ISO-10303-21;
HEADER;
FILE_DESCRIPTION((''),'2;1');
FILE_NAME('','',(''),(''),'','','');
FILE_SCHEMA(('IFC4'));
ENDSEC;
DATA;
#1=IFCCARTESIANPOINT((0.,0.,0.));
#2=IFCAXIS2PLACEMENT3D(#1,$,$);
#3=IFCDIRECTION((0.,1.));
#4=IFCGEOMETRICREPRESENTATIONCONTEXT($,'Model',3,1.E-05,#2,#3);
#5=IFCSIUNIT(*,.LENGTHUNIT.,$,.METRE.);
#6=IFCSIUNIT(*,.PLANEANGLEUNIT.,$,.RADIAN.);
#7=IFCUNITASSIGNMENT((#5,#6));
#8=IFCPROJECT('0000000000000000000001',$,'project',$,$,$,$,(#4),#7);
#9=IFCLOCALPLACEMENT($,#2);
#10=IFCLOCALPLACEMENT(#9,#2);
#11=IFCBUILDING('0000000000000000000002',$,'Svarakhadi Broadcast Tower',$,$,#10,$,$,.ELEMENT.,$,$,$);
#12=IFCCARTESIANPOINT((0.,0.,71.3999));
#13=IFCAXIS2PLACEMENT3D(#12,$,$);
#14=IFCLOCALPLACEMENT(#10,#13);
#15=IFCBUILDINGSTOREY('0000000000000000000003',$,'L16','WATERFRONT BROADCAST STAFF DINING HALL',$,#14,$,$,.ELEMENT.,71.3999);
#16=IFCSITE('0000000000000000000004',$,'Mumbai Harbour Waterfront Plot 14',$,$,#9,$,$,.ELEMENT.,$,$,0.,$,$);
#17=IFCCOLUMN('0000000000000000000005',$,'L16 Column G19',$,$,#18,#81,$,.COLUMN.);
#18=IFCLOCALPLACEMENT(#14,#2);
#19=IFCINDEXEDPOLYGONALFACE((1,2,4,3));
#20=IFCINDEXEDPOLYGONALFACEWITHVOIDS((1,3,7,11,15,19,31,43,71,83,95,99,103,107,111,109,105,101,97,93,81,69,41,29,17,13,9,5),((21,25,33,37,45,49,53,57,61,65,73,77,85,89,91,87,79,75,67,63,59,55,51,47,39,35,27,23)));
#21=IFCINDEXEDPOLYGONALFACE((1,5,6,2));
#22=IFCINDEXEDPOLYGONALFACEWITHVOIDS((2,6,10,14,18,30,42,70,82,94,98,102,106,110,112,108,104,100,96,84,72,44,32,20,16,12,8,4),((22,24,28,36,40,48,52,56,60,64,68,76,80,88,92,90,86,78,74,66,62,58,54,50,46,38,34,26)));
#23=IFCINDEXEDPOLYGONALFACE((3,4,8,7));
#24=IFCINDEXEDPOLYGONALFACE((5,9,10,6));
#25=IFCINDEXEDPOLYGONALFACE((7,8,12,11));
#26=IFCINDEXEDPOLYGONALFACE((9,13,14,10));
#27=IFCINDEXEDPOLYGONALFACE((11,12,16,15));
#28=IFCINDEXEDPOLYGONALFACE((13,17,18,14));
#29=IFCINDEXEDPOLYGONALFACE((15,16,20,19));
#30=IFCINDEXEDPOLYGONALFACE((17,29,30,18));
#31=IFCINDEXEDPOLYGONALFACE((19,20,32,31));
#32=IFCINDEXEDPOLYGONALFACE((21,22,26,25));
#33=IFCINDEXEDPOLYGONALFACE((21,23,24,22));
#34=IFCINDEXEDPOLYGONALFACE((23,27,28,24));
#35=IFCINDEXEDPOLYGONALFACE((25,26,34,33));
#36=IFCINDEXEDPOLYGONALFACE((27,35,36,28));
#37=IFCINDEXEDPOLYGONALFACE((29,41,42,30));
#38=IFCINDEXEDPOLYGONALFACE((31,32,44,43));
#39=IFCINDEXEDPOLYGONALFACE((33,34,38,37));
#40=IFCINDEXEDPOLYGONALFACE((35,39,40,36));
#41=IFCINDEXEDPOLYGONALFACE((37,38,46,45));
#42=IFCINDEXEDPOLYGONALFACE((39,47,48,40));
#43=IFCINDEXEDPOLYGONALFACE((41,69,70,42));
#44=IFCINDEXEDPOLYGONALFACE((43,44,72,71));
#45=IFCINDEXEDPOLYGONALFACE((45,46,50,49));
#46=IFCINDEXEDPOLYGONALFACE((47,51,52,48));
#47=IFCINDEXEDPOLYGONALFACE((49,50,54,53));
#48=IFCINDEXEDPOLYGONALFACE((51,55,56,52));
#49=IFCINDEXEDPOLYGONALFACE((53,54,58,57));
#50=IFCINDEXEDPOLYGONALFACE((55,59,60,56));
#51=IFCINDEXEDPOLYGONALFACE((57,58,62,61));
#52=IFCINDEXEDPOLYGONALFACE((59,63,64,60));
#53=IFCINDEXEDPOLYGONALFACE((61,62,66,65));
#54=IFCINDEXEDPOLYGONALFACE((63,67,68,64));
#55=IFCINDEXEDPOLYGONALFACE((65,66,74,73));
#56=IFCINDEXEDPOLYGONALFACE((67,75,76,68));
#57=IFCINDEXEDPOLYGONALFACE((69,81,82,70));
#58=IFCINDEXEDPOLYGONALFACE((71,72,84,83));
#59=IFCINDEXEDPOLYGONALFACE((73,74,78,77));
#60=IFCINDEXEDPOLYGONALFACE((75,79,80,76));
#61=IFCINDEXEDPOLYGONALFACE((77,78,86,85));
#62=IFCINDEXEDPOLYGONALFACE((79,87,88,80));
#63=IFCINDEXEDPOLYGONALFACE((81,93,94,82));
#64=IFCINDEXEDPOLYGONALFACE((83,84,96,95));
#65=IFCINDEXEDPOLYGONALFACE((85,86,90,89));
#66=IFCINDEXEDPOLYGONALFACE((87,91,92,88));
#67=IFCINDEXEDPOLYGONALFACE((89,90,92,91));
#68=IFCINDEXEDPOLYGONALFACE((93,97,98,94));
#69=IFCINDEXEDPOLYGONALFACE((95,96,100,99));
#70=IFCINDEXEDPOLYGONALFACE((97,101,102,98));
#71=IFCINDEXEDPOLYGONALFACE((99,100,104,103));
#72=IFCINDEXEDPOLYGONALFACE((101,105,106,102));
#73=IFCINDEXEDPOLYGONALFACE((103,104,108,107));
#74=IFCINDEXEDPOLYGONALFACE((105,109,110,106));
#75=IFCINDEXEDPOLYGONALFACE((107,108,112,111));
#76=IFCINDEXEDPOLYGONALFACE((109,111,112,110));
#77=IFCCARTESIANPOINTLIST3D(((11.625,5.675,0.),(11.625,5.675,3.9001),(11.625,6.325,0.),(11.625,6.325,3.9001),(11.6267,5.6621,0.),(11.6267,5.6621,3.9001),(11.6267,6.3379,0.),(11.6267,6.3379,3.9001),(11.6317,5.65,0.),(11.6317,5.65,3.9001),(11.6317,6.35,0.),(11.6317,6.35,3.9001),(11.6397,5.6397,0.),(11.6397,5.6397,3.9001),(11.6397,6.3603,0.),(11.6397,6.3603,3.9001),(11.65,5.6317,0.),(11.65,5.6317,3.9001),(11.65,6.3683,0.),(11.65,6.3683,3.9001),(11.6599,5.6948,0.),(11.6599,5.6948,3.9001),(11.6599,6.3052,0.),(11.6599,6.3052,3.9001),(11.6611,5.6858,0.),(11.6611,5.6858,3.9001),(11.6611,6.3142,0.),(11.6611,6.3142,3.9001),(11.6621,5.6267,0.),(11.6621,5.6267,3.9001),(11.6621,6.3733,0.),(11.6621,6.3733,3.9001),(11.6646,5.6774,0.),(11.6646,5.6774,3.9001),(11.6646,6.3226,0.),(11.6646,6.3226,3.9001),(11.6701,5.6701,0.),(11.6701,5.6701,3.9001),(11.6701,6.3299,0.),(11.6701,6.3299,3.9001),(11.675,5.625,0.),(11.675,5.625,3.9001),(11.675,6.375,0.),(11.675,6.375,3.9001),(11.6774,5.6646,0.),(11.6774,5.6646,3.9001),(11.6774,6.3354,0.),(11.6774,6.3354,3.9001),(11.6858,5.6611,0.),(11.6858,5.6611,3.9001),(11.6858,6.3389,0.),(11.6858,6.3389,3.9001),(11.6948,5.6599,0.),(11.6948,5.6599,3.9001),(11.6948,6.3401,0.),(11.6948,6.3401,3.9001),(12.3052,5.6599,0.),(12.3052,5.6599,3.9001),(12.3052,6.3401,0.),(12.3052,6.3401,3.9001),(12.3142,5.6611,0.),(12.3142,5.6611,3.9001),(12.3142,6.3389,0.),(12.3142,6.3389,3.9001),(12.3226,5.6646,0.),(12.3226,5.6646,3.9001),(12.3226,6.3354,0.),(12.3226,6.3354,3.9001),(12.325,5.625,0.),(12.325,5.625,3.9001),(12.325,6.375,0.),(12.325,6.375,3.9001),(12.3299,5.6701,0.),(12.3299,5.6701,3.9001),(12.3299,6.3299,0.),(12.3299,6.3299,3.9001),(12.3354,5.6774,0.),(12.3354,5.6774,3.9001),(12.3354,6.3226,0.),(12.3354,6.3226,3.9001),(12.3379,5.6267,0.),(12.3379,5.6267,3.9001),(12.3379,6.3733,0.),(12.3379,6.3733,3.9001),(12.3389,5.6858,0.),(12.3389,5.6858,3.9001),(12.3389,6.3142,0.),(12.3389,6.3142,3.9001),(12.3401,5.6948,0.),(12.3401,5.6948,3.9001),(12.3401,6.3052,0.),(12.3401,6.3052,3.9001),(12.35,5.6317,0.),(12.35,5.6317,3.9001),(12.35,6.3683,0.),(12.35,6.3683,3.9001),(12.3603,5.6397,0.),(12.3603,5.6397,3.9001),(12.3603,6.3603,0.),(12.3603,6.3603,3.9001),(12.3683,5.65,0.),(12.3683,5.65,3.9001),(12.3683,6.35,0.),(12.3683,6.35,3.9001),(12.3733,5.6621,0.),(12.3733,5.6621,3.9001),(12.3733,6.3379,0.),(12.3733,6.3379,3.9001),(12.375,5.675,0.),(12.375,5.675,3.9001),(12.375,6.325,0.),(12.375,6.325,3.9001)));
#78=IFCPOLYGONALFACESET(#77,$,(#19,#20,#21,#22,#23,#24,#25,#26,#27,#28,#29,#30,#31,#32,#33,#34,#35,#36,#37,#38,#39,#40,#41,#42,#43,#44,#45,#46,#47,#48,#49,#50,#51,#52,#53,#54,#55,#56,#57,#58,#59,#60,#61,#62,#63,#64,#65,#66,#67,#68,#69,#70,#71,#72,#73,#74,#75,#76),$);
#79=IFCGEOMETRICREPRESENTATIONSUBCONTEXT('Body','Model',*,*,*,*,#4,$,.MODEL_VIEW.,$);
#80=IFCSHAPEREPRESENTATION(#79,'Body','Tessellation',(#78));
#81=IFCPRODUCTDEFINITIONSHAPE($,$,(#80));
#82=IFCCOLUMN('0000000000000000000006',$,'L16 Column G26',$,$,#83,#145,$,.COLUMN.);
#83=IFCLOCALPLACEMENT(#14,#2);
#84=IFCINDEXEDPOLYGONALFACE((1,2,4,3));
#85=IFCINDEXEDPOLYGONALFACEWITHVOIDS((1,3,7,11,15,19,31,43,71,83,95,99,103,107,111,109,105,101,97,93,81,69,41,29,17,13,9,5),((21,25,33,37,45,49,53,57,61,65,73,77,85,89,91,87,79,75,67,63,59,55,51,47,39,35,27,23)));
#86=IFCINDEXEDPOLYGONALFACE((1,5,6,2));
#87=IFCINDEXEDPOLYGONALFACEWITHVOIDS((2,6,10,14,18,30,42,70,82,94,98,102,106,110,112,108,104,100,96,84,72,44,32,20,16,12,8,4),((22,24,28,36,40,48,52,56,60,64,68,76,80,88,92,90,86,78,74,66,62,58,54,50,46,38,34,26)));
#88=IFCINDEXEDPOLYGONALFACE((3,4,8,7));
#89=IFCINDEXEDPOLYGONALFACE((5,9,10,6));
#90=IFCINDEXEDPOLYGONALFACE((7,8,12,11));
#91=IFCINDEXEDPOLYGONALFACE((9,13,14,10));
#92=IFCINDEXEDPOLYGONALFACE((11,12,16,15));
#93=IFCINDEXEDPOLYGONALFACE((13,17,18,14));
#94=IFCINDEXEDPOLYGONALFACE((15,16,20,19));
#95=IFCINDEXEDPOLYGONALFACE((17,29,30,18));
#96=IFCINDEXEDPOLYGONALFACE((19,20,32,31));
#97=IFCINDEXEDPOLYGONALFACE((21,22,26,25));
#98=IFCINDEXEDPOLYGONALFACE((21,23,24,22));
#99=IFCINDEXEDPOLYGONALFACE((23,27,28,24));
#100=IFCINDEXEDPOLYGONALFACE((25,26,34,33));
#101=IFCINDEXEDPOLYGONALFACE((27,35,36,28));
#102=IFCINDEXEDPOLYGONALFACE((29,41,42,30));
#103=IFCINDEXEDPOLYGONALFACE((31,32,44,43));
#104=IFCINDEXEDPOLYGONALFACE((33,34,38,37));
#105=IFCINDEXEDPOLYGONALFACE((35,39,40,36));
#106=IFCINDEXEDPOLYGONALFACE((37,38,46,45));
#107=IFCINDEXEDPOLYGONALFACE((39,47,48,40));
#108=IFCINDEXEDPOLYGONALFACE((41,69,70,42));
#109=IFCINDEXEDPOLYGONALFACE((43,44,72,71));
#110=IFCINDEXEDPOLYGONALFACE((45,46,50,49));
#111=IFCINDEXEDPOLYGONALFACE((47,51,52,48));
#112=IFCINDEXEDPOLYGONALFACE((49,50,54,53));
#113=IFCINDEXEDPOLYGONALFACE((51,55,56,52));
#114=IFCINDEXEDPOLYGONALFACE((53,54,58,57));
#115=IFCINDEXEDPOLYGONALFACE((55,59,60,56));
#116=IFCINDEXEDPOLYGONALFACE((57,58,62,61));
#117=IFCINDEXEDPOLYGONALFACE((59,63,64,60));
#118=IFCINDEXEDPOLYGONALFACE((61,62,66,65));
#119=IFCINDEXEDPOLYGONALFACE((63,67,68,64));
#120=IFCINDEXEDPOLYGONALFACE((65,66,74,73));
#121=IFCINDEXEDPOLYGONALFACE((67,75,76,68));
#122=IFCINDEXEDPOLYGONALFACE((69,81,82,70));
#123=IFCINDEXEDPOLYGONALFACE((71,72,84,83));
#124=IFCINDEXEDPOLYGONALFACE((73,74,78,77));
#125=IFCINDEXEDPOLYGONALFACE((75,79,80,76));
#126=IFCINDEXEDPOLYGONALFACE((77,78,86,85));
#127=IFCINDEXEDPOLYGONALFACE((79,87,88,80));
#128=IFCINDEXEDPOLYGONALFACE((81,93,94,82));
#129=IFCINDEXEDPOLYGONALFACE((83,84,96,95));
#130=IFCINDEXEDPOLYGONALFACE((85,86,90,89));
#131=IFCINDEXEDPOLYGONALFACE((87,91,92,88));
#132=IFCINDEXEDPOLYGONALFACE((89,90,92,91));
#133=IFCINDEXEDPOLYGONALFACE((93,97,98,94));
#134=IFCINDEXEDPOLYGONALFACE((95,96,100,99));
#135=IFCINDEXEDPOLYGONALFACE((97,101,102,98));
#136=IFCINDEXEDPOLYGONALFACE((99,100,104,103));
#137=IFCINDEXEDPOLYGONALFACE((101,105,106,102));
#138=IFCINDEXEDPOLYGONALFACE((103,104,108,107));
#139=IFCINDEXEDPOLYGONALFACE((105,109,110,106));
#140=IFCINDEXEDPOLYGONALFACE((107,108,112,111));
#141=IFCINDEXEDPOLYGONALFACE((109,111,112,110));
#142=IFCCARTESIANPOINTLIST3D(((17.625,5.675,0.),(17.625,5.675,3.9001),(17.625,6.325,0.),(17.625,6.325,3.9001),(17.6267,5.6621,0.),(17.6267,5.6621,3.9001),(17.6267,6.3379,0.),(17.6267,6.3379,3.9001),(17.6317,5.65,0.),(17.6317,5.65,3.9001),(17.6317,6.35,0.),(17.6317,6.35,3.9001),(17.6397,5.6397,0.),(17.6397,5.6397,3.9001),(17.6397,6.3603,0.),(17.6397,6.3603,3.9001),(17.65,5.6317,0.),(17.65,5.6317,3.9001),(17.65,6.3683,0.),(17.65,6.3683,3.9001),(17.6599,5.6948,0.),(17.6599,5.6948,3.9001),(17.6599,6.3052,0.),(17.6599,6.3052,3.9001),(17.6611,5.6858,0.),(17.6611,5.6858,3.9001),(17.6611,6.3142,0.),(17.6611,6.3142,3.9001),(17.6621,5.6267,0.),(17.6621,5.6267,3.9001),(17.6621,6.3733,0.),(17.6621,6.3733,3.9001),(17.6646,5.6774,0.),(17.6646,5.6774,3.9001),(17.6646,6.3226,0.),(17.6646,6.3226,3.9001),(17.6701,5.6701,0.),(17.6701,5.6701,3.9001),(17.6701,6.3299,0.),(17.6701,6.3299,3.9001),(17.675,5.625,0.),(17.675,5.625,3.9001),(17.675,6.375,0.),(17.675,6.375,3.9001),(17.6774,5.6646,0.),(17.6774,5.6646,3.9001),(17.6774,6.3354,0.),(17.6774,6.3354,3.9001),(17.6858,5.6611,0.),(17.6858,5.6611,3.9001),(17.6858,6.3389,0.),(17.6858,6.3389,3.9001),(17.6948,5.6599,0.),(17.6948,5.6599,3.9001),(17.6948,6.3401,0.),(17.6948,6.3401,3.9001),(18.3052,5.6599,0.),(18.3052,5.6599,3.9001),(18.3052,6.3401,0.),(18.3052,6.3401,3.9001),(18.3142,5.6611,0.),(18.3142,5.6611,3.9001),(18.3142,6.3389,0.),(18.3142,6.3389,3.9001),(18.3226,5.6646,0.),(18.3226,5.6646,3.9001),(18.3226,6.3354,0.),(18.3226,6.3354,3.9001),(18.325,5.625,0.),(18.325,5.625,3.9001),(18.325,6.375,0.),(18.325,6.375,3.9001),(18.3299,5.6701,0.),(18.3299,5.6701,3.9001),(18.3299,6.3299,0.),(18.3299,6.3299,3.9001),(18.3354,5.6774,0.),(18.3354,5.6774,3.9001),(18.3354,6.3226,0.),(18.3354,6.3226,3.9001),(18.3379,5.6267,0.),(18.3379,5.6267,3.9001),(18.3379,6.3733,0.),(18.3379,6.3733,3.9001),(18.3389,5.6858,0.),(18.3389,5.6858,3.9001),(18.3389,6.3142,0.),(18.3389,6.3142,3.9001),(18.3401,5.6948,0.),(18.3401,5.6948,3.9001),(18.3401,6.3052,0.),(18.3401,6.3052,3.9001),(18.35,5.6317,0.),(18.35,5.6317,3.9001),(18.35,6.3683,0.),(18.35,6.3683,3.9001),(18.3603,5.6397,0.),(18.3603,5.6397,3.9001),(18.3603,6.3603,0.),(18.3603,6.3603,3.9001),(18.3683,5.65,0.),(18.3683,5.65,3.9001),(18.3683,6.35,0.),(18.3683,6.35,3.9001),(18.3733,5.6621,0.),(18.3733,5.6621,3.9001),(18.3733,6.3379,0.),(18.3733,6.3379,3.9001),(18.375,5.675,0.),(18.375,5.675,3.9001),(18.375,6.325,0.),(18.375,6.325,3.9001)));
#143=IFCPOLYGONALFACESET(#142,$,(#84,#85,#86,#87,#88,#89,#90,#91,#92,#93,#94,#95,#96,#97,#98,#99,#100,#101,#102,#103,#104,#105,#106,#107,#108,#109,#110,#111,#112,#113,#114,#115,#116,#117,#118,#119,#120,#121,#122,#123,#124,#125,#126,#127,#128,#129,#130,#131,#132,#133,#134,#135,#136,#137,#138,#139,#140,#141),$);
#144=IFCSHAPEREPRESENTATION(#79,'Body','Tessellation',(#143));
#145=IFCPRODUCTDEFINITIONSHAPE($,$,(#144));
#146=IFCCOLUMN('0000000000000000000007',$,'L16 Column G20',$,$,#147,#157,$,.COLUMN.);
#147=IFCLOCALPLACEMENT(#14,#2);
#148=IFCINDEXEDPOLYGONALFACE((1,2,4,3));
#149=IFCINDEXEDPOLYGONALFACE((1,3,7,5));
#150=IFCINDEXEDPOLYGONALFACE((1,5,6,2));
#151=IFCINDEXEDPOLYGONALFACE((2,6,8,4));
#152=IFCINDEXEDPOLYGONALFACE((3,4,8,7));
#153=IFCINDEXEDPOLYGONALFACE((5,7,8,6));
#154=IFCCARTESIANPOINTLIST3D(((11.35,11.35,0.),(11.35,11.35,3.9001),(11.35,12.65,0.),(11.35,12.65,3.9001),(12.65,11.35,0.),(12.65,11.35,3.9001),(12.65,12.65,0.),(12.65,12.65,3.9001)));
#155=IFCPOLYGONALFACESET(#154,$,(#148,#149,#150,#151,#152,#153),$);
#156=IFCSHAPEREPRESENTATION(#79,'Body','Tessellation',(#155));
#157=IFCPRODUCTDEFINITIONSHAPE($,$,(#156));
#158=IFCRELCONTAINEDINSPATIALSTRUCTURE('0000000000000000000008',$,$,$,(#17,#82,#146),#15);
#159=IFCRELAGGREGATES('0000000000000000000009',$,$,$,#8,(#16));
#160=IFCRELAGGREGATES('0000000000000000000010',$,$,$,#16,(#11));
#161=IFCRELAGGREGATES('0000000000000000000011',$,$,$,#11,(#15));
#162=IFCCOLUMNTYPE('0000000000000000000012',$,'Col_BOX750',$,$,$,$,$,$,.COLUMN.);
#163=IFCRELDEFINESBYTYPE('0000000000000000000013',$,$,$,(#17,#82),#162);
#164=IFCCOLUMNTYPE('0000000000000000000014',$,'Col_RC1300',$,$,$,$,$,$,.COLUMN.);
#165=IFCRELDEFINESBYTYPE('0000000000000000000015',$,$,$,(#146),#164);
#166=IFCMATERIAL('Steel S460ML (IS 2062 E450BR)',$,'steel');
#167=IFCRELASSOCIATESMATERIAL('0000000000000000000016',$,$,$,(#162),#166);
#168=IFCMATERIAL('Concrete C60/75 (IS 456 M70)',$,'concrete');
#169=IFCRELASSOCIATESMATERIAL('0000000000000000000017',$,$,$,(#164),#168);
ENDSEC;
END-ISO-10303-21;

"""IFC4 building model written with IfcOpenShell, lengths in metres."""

from ifc_helpers import new_model, si_unit, direction, frame, origin, origin_2d, place, context, subcontext, project, spatial, rectangle, hollow_rectangle, extrude, material, material_profile, profile_set, type_object, element, save


model = new_model("IFC4")

# Units and contexts
model_context = context("Model", 3, precision=1e-05, world=origin(), true_north=direction((0.0, 1.0)))
body_context = subcontext(model_context, "Body", "Model", "MODEL_VIEW")
ifc_project = project(units=[si_unit("LENGTHUNIT", "METRE"), si_unit("PLANEANGLEUNIT", "RADIAN")], contexts=[model_context])

# Site, building, storey
site_placement = place(None, origin())
site = spatial("IfcSite", under=ifc_project, at=site_placement, Name="Mumbai Harbour Waterfront Plot 14", CompositionType="ELEMENT", RefElevation=0.0)
building_placement = place(site_placement, origin())
building = spatial("IfcBuilding", under=site, at=building_placement, Name="Svarakhadi Broadcast Tower", CompositionType="ELEMENT")
storey_placement = place(building_placement, frame((0.0, 0.0, 71.3999)))
storey = spatial("IfcBuildingStorey", under=building, at=storey_placement, Name="L16", Description="WATERFRONT BROADCAST STAFF DINING HALL", CompositionType="ELEMENT", Elevation=71.3999)

# Columns
ifc_material_1 = material(Name="Steel S460ML (IS 2062 E450BR)", Category="steel")
ifc_material_profile_1 = material_profile(ifc_material_1, hollow_rectangle(XDim=0.75, YDim=0.75, WallThickness=0.0349, InnerFilletRadius=0.0349, OuterFilletRadius=0.05, at=origin_2d()), Name="BOX 750x750x35")
ifc_profile_set_1 = profile_set([ifc_material_profile_1], Name="Steel S460ML (IS 2062 E450BR)")
column_type_1 = type_object("IfcColumnType", Name="Col_BOX750", PredefinedType="COLUMN", material=ifc_profile_set_1)
for number, where, z_axis, x_axis, name in (
    (1, (12.0, 6.0, 0.0), (0.0, 0.0, 1.0), (1.0, 0.0, 0.0), "L16 Column G19"),
    (2, (18.0, 6.0, 0.0), (0.0, 0.0, 1.0), (1.0, 0.0, 0.0), "L16 Column G26"),
):
    element("IfcColumn", number, at=place(storey_placement, frame(where, z_axis=z_axis, x_axis=x_axis)), inside=storey, type_object=column_type_1, Name=name, PredefinedType="COLUMN", context=body_context, shape_type="SweptSolid", body=[
        extrude(hollow_rectangle(XDim=0.75, YDim=0.75, WallThickness=0.0349, InnerFilletRadius=0.0349, OuterFilletRadius=0.05, at=origin_2d()), origin(), (0.0, 0.0, 1.0), 3.9001),
    ])
ifc_material_2 = material(Name="Concrete C60/75 (IS 456 M70)", Category="concrete")
ifc_material_profile_2 = material_profile(ifc_material_2, rectangle(XDim=1.3, YDim=1.3, at=origin_2d()), Name="RC 1300x1300")
ifc_profile_set_2 = profile_set([ifc_material_profile_2], Name="Concrete C60/75 (IS 456 M70)")
column_type_2 = type_object("IfcColumnType", Name="Col_RC1300", PredefinedType="COLUMN", material=ifc_profile_set_2)
column_1_placement = place(storey_placement, frame((12.0, 12.0, 0.0), z_axis=(0.0, 0.0, 1.0), x_axis=(1.0, 0.0, 0.0)))
element("IfcColumn", 3, at=column_1_placement, inside=storey, type_object=column_type_2, Name="L16 Column G20", PredefinedType="COLUMN", context=body_context, shape_type="SweptSolid", body=[
    extrude(rectangle(XDim=1.3, YDim=1.3, at=origin_2d()), origin(), (0.0, 0.0, 1.0), 3.9001),
])

save(model, "model.ifc")
